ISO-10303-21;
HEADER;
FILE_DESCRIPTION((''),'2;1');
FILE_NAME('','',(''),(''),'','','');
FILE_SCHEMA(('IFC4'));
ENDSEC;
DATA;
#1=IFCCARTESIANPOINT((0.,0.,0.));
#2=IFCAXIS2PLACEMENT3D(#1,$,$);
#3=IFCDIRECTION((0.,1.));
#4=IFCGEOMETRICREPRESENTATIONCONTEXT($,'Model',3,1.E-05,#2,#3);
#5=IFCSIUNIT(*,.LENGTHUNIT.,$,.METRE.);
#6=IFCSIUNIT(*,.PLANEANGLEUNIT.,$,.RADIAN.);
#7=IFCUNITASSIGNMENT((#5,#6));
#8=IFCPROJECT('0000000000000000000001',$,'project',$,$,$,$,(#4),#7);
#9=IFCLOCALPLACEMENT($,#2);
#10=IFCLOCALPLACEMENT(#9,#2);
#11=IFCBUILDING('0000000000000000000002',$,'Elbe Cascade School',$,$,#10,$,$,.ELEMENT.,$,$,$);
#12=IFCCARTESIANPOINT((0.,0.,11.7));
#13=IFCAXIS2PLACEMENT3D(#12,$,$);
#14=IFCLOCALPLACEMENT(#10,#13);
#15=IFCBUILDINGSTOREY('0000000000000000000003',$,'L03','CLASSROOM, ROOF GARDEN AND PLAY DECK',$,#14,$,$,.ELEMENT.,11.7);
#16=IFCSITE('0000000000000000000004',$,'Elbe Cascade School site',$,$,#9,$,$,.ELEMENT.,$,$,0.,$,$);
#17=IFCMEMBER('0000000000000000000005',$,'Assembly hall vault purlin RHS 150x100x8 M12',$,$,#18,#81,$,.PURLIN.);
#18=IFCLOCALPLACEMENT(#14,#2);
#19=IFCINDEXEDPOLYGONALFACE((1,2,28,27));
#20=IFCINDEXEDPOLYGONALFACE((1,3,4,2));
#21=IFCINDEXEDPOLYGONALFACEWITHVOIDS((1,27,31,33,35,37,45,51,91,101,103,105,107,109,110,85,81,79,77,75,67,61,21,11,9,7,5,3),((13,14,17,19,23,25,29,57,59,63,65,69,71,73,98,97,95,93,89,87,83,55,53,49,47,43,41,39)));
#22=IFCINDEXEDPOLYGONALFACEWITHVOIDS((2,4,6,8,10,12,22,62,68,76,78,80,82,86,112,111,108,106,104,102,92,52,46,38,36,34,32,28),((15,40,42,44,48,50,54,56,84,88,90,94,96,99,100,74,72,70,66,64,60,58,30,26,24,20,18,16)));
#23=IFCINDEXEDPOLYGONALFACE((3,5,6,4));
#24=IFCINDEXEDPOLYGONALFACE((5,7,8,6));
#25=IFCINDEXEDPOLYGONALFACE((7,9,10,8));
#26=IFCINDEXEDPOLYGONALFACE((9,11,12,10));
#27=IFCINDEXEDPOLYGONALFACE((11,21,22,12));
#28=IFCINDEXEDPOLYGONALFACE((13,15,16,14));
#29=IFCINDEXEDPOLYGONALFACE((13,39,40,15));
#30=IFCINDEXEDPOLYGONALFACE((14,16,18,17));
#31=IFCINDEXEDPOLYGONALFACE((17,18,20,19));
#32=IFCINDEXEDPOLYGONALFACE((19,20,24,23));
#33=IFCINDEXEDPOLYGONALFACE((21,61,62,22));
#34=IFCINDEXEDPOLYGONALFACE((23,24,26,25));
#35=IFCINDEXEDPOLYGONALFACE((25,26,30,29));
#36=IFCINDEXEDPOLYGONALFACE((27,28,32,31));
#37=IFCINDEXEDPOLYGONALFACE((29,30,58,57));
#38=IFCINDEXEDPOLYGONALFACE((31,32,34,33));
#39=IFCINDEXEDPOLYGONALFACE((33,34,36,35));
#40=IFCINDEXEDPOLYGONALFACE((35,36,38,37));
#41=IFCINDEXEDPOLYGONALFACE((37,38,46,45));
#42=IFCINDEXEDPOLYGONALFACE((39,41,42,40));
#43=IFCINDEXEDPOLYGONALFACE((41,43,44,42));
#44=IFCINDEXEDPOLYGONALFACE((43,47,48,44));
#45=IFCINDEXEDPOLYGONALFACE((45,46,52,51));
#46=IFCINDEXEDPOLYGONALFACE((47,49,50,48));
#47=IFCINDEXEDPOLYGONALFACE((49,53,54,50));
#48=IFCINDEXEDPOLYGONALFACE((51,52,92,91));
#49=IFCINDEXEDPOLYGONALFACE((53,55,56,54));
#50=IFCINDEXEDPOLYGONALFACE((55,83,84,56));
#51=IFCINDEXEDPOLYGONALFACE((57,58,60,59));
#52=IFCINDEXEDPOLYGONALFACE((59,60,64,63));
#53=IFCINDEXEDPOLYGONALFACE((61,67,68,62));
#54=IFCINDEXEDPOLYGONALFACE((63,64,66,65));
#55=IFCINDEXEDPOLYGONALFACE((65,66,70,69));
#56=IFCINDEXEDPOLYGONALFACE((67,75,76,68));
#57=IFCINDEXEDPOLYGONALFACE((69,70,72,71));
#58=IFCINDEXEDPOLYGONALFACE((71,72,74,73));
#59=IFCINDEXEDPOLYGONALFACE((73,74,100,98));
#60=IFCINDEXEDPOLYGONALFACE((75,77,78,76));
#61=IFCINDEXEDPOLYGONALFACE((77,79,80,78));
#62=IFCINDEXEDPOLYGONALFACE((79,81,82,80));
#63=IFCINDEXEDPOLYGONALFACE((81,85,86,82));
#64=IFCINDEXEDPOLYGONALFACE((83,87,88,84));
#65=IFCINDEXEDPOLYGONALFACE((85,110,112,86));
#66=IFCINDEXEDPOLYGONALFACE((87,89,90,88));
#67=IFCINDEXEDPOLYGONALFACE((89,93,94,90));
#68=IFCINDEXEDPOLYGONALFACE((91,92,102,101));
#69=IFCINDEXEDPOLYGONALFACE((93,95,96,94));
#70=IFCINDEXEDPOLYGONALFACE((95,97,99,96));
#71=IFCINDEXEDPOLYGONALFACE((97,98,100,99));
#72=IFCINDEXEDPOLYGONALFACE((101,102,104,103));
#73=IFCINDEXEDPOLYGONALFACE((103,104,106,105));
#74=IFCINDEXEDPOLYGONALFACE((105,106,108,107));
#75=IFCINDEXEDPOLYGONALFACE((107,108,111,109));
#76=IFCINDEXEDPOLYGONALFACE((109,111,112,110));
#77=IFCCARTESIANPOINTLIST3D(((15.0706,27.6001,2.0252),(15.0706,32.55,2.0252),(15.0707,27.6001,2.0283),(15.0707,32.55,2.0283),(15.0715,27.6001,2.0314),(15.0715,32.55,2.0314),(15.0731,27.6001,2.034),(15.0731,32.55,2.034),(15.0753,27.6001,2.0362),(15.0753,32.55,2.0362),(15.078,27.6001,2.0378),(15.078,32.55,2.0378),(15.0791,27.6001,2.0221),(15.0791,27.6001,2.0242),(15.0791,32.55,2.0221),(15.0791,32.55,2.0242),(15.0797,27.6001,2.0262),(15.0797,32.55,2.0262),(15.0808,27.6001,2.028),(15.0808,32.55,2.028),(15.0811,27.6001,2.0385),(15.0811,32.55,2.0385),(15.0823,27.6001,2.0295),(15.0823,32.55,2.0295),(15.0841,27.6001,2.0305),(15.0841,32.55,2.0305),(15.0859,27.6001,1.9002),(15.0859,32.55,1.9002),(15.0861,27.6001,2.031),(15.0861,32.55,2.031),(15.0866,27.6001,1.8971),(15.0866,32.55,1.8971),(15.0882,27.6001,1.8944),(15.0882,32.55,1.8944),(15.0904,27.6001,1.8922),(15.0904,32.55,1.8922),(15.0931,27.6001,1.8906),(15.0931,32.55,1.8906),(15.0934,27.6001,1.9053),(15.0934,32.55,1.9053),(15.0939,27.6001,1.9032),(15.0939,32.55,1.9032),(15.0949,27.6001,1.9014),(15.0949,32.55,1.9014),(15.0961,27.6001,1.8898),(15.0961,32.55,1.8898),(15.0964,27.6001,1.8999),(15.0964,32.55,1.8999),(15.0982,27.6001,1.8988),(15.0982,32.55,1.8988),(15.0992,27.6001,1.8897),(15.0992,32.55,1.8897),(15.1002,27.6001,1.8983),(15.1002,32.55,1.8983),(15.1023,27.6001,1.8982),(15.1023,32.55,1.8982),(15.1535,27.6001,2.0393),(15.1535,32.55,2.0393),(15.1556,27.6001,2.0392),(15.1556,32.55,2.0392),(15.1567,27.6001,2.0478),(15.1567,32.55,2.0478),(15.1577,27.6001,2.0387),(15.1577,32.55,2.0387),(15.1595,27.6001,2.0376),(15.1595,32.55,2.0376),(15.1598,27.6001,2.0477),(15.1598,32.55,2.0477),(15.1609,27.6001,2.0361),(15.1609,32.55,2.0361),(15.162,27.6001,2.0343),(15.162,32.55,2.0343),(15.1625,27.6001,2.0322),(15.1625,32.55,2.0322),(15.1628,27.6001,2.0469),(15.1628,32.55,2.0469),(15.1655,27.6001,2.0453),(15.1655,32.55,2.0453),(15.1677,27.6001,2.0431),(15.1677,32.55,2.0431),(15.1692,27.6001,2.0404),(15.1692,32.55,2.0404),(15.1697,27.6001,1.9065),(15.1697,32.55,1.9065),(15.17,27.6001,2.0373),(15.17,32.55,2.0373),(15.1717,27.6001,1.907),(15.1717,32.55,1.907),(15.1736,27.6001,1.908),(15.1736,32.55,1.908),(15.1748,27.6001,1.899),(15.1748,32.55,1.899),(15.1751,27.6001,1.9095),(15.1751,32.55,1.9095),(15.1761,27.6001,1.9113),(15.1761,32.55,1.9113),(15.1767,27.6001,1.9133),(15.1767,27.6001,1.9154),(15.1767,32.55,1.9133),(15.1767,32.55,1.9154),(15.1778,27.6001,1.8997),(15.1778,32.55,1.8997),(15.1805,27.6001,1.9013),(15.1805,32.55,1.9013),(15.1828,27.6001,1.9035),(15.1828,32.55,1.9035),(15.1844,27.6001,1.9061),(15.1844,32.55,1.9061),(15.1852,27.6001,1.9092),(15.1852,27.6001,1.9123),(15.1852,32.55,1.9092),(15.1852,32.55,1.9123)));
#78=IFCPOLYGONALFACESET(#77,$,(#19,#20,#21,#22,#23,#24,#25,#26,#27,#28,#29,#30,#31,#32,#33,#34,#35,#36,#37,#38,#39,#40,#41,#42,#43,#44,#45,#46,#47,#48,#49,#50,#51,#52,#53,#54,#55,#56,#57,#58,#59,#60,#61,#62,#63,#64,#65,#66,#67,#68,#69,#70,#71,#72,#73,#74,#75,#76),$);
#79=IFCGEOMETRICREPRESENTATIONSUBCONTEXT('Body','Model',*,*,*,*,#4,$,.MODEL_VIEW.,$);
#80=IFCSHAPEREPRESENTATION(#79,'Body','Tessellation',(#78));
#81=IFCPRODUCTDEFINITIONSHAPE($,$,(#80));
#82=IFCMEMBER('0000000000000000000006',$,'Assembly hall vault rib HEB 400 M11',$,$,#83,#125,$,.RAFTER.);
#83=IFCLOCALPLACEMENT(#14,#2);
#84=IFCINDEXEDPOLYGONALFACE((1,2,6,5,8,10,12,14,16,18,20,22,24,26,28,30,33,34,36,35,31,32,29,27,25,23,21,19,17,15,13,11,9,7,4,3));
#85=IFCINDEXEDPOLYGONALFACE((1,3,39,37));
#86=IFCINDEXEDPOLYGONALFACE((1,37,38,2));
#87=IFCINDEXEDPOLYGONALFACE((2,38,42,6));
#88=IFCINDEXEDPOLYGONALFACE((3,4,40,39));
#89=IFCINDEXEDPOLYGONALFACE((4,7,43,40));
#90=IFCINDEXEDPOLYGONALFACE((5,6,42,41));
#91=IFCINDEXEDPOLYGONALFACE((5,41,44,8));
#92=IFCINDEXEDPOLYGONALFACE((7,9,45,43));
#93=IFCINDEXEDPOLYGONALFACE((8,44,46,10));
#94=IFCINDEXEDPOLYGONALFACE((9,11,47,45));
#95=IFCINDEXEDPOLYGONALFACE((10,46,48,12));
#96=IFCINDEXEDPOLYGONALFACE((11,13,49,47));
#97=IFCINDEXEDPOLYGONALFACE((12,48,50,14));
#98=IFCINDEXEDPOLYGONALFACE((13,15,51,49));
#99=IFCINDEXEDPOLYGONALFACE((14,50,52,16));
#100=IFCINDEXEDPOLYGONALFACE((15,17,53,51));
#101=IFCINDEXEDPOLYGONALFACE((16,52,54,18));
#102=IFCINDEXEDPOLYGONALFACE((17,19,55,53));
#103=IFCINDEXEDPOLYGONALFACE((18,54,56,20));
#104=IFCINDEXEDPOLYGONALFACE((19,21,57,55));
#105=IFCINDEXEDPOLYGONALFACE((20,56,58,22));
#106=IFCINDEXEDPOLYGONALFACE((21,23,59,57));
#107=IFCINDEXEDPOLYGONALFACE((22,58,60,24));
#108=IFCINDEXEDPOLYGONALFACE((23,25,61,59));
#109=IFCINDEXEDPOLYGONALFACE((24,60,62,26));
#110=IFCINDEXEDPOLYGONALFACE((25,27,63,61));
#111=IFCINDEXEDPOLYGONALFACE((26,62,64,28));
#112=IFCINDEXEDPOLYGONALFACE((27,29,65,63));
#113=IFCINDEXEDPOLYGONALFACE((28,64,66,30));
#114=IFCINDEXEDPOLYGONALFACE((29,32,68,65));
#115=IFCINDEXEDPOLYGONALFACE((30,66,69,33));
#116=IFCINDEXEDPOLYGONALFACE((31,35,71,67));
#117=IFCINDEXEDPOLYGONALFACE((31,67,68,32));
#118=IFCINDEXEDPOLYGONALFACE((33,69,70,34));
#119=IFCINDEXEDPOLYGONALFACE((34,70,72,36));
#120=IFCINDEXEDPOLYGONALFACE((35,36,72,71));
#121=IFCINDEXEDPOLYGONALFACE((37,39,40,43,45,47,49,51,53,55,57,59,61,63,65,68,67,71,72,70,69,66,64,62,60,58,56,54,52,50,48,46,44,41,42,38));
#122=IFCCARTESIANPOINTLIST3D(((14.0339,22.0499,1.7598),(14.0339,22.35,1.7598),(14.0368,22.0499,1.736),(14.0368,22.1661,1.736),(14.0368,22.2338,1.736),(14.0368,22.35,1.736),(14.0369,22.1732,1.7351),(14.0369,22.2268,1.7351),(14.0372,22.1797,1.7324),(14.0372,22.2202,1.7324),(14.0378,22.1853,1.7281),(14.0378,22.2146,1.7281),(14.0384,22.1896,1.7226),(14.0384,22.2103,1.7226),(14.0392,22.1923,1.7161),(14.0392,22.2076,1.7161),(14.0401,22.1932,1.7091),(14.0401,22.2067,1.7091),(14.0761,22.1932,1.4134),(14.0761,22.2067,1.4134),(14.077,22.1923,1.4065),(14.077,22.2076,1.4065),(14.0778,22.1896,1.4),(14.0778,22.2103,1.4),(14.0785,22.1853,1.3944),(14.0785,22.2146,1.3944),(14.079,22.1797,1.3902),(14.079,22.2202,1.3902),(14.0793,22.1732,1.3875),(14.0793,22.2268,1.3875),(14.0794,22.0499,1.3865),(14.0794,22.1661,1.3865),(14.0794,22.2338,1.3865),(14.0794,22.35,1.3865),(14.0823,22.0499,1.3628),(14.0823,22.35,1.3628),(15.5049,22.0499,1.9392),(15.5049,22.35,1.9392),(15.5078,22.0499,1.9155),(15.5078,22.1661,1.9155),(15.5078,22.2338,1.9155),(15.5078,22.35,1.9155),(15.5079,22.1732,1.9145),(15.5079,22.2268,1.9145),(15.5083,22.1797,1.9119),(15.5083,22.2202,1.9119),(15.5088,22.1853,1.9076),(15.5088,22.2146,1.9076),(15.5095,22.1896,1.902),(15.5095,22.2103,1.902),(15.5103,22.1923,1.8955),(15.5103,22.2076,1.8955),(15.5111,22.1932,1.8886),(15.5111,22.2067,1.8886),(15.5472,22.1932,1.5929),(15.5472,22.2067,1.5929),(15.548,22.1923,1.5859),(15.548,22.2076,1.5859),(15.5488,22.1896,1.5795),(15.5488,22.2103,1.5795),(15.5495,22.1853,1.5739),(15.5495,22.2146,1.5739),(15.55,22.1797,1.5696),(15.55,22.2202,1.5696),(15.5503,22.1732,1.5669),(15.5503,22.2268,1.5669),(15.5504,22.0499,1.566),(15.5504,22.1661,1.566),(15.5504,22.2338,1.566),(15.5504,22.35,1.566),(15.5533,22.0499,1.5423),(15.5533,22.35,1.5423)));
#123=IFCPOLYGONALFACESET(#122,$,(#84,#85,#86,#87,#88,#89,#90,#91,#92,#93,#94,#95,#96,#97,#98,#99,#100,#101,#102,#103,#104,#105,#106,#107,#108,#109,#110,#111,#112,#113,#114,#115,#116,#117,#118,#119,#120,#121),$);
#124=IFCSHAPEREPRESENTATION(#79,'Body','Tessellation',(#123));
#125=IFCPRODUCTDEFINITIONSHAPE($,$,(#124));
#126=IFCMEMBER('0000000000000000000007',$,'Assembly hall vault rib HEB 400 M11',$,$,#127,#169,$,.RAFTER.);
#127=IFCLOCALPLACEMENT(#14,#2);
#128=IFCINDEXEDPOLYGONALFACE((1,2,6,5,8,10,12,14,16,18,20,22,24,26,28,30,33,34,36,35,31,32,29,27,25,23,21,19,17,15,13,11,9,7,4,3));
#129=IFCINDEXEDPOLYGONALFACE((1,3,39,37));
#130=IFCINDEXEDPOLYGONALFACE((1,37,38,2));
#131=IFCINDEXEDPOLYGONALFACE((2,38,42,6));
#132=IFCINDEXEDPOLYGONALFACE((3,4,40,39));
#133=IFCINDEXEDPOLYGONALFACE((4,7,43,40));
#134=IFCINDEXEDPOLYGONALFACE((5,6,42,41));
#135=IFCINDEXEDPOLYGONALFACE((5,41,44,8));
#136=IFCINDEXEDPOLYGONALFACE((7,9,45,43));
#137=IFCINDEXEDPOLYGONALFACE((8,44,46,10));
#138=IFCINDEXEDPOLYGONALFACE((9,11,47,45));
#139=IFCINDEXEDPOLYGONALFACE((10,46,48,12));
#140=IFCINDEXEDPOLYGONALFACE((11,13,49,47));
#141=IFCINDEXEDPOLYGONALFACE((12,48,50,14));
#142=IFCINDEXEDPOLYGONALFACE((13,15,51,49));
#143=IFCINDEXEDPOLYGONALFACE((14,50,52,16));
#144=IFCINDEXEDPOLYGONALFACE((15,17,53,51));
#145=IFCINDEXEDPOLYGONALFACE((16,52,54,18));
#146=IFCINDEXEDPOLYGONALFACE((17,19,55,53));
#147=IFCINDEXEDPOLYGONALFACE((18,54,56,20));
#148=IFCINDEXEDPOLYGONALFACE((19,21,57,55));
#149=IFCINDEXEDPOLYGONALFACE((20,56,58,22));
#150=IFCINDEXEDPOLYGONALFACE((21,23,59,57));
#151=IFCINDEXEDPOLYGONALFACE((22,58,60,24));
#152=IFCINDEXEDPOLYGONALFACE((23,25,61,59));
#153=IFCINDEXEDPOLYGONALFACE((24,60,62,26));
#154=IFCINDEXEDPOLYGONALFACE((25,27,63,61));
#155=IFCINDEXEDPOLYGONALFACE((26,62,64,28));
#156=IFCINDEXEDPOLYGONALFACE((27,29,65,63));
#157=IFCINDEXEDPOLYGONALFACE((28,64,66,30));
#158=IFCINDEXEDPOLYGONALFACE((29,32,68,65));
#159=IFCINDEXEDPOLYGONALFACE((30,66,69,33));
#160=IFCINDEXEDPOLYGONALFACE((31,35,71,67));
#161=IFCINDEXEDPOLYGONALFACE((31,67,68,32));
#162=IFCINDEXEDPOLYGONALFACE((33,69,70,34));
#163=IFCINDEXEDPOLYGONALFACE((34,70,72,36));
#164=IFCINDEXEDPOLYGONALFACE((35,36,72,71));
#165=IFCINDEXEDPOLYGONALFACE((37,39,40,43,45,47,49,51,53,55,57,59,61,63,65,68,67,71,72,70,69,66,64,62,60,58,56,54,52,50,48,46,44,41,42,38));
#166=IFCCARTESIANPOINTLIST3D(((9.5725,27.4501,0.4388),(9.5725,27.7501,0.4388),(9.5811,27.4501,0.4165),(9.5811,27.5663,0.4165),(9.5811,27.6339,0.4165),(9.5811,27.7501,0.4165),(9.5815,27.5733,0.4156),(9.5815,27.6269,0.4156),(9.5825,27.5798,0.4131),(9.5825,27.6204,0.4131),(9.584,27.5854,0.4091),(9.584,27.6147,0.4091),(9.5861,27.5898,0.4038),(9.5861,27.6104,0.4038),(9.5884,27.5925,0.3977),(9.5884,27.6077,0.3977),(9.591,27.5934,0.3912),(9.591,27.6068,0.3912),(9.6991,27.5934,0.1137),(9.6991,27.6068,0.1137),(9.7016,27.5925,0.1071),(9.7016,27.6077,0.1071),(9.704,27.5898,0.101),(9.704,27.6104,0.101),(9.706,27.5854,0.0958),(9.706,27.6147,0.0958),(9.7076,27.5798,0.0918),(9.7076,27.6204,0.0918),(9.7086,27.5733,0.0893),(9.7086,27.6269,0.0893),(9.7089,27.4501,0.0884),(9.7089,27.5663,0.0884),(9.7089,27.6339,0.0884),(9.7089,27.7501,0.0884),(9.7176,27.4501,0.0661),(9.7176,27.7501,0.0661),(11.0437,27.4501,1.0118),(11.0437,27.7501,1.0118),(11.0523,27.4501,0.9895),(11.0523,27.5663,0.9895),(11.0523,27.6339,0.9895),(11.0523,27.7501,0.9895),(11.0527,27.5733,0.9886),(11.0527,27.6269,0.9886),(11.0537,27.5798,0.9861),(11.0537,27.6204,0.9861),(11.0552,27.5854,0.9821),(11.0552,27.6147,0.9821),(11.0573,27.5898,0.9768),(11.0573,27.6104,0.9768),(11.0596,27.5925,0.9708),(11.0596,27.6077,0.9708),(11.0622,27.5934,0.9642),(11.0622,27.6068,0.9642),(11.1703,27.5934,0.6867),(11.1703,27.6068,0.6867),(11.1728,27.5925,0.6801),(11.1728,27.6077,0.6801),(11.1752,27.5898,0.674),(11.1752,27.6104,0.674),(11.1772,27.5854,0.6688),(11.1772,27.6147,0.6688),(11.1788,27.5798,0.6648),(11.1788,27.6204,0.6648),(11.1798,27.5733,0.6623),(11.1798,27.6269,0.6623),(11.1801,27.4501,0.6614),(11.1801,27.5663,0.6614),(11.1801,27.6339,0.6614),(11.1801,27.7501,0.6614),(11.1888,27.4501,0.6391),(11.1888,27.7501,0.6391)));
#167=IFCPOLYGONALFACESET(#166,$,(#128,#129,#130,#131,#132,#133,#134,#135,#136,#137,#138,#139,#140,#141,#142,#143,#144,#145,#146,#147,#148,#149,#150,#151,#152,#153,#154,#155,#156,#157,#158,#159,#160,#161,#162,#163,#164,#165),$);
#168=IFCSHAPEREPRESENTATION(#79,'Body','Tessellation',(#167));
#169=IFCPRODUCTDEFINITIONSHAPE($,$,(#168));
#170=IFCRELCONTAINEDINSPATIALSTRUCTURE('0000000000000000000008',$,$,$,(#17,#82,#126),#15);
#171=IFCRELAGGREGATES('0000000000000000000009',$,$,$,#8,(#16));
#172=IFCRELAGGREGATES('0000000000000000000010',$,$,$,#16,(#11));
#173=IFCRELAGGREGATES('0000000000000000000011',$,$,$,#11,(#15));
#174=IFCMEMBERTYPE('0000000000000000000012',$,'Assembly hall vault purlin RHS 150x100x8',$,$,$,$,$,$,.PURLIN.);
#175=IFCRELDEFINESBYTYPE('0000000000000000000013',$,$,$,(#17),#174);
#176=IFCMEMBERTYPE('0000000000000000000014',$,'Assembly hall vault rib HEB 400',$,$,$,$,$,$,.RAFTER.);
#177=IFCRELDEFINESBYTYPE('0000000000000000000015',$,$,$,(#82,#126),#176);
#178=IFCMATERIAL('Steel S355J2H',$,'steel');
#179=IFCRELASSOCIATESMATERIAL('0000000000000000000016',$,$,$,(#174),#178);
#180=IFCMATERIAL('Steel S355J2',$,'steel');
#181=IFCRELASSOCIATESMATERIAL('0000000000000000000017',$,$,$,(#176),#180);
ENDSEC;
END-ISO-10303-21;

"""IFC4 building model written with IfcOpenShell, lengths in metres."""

from ifc_helpers import new_model, si_unit, direction, frame, origin, origin_2d, place, context, subcontext, project, spatial, hollow_rectangle, i_section, extrude, material, material_profile, profile_set, type_object, element, save


model = new_model("IFC4")

# Units and contexts
model_context = context("Model", 3, precision=1e-05, world=origin(), true_north=direction((0.0, 1.0)))
body_context = subcontext(model_context, "Body", "Model", "MODEL_VIEW")
ifc_project = project(units=[si_unit("LENGTHUNIT", "METRE"), si_unit("PLANEANGLEUNIT", "RADIAN")], contexts=[model_context])

# Site, building, storey
site_placement = place(None, origin())
site = spatial("IfcSite", under=ifc_project, at=site_placement, Name="Elbe Cascade School site", CompositionType="ELEMENT", RefElevation=0.0)
building_placement = place(site_placement, origin())
building = spatial("IfcBuilding", under=site, at=building_placement, Name="Elbe Cascade School", CompositionType="ELEMENT")
storey_placement = place(building_placement, frame((0.0, 0.0, 11.7)))
storey = spatial("IfcBuildingStorey", under=building, at=storey_placement, Name="L03", Description="CLASSROOM, ROOF GARDEN AND PLAY DECK", CompositionType="ELEMENT", Elevation=11.7)

# Members
ifc_material_1 = material(Name="Steel S355J2H", Category="steel")
ifc_material_profile_1 = material_profile(ifc_material_1, hollow_rectangle(XDim=0.1001, YDim=0.1499, WallThickness=0.0081, InnerFilletRadius=0.0081, OuterFilletRadius=0.012, at=origin_2d()), Name="RHS 150x100x8")
ifc_profile_set_1 = profile_set([ifc_material_profile_1], Name="Steel S355J2H")
member_type_1 = type_object("IfcMemberType", Name="Assembly hall vault purlin RHS 150x100x8", PredefinedType="PURLIN", material=ifc_profile_set_1)
member_1_placement = place(storey_placement, frame((15.1279, 27.6001, 1.9688), z_axis=(0.0, 1.0, 0.0), x_axis=(-0.992652, 0.0, -0.121003)))
element("IfcMember", 1, at=member_1_placement, inside=storey, type_object=member_type_1, Name="Assembly hall vault purlin RHS 150x100x8 M12", PredefinedType="PURLIN", context=body_context, shape_type="SweptSolid", body=[
    extrude(hollow_rectangle(XDim=0.1001, YDim=0.1499, WallThickness=0.0081, InnerFilletRadius=0.0081, OuterFilletRadius=0.012, at=origin_2d()), origin(), (0.0, 0.0, 1.0), 4.95),
])
ifc_material_2 = material(Name="Steel S355J2", Category="steel")
ifc_material_profile_2 = material_profile(ifc_material_2, i_section(OverallWidth=0.3, OverallDepth=0.3999, WebThickness=0.0134, FlangeThickness=0.0239, FilletRadius=0.0271, at=origin_2d()), Name="HEB 400")
ifc_profile_set_2 = profile_set([ifc_material_profile_2], Name="Steel S355J2")
member_type_2 = type_object("IfcMemberType", Name="Assembly hall vault rib HEB 400", PredefinedType="RAFTER", material=ifc_profile_set_2)
member_2_placement = place(storey_placement, frame((14.0581, 22.2, 1.5613), z_axis=(0.992641, 0.0, 0.121094), x_axis=(0.0, 1.0, 0.0)))
element("IfcMember", 2, at=member_2_placement, inside=storey, type_object=member_type_2, Name="Assembly hall vault rib HEB 400 M11", PredefinedType="RAFTER", context=body_context, shape_type="SweptSolid", body=[
    extrude(i_section(OverallWidth=0.3, OverallDepth=0.3999, WebThickness=0.0134, FlangeThickness=0.0239, FilletRadius=0.0271, at=origin_2d()), origin(), (0.0, 0.0, 1.0), 1.4819),
])
member_3_placement = place(storey_placement, frame((9.645, 27.6001, 0.2524), z_axis=(0.931819, 0.0, 0.362924), x_axis=(0.0, 1.0, 0.0)))
element("IfcMember", 3, at=member_3_placement, inside=storey, type_object=member_type_2, Name="Assembly hall vault rib HEB 400 M11", PredefinedType="RAFTER", context=body_context, shape_type="SweptSolid", body=[
    extrude(i_section(OverallWidth=0.3, OverallDepth=0.3999, WebThickness=0.0134, FlangeThickness=0.0239, FilletRadius=0.0271, at=origin_2d()), origin(), (0.0, 0.0, 1.0), 1.5789),
])

save(model, "model.ifc")
